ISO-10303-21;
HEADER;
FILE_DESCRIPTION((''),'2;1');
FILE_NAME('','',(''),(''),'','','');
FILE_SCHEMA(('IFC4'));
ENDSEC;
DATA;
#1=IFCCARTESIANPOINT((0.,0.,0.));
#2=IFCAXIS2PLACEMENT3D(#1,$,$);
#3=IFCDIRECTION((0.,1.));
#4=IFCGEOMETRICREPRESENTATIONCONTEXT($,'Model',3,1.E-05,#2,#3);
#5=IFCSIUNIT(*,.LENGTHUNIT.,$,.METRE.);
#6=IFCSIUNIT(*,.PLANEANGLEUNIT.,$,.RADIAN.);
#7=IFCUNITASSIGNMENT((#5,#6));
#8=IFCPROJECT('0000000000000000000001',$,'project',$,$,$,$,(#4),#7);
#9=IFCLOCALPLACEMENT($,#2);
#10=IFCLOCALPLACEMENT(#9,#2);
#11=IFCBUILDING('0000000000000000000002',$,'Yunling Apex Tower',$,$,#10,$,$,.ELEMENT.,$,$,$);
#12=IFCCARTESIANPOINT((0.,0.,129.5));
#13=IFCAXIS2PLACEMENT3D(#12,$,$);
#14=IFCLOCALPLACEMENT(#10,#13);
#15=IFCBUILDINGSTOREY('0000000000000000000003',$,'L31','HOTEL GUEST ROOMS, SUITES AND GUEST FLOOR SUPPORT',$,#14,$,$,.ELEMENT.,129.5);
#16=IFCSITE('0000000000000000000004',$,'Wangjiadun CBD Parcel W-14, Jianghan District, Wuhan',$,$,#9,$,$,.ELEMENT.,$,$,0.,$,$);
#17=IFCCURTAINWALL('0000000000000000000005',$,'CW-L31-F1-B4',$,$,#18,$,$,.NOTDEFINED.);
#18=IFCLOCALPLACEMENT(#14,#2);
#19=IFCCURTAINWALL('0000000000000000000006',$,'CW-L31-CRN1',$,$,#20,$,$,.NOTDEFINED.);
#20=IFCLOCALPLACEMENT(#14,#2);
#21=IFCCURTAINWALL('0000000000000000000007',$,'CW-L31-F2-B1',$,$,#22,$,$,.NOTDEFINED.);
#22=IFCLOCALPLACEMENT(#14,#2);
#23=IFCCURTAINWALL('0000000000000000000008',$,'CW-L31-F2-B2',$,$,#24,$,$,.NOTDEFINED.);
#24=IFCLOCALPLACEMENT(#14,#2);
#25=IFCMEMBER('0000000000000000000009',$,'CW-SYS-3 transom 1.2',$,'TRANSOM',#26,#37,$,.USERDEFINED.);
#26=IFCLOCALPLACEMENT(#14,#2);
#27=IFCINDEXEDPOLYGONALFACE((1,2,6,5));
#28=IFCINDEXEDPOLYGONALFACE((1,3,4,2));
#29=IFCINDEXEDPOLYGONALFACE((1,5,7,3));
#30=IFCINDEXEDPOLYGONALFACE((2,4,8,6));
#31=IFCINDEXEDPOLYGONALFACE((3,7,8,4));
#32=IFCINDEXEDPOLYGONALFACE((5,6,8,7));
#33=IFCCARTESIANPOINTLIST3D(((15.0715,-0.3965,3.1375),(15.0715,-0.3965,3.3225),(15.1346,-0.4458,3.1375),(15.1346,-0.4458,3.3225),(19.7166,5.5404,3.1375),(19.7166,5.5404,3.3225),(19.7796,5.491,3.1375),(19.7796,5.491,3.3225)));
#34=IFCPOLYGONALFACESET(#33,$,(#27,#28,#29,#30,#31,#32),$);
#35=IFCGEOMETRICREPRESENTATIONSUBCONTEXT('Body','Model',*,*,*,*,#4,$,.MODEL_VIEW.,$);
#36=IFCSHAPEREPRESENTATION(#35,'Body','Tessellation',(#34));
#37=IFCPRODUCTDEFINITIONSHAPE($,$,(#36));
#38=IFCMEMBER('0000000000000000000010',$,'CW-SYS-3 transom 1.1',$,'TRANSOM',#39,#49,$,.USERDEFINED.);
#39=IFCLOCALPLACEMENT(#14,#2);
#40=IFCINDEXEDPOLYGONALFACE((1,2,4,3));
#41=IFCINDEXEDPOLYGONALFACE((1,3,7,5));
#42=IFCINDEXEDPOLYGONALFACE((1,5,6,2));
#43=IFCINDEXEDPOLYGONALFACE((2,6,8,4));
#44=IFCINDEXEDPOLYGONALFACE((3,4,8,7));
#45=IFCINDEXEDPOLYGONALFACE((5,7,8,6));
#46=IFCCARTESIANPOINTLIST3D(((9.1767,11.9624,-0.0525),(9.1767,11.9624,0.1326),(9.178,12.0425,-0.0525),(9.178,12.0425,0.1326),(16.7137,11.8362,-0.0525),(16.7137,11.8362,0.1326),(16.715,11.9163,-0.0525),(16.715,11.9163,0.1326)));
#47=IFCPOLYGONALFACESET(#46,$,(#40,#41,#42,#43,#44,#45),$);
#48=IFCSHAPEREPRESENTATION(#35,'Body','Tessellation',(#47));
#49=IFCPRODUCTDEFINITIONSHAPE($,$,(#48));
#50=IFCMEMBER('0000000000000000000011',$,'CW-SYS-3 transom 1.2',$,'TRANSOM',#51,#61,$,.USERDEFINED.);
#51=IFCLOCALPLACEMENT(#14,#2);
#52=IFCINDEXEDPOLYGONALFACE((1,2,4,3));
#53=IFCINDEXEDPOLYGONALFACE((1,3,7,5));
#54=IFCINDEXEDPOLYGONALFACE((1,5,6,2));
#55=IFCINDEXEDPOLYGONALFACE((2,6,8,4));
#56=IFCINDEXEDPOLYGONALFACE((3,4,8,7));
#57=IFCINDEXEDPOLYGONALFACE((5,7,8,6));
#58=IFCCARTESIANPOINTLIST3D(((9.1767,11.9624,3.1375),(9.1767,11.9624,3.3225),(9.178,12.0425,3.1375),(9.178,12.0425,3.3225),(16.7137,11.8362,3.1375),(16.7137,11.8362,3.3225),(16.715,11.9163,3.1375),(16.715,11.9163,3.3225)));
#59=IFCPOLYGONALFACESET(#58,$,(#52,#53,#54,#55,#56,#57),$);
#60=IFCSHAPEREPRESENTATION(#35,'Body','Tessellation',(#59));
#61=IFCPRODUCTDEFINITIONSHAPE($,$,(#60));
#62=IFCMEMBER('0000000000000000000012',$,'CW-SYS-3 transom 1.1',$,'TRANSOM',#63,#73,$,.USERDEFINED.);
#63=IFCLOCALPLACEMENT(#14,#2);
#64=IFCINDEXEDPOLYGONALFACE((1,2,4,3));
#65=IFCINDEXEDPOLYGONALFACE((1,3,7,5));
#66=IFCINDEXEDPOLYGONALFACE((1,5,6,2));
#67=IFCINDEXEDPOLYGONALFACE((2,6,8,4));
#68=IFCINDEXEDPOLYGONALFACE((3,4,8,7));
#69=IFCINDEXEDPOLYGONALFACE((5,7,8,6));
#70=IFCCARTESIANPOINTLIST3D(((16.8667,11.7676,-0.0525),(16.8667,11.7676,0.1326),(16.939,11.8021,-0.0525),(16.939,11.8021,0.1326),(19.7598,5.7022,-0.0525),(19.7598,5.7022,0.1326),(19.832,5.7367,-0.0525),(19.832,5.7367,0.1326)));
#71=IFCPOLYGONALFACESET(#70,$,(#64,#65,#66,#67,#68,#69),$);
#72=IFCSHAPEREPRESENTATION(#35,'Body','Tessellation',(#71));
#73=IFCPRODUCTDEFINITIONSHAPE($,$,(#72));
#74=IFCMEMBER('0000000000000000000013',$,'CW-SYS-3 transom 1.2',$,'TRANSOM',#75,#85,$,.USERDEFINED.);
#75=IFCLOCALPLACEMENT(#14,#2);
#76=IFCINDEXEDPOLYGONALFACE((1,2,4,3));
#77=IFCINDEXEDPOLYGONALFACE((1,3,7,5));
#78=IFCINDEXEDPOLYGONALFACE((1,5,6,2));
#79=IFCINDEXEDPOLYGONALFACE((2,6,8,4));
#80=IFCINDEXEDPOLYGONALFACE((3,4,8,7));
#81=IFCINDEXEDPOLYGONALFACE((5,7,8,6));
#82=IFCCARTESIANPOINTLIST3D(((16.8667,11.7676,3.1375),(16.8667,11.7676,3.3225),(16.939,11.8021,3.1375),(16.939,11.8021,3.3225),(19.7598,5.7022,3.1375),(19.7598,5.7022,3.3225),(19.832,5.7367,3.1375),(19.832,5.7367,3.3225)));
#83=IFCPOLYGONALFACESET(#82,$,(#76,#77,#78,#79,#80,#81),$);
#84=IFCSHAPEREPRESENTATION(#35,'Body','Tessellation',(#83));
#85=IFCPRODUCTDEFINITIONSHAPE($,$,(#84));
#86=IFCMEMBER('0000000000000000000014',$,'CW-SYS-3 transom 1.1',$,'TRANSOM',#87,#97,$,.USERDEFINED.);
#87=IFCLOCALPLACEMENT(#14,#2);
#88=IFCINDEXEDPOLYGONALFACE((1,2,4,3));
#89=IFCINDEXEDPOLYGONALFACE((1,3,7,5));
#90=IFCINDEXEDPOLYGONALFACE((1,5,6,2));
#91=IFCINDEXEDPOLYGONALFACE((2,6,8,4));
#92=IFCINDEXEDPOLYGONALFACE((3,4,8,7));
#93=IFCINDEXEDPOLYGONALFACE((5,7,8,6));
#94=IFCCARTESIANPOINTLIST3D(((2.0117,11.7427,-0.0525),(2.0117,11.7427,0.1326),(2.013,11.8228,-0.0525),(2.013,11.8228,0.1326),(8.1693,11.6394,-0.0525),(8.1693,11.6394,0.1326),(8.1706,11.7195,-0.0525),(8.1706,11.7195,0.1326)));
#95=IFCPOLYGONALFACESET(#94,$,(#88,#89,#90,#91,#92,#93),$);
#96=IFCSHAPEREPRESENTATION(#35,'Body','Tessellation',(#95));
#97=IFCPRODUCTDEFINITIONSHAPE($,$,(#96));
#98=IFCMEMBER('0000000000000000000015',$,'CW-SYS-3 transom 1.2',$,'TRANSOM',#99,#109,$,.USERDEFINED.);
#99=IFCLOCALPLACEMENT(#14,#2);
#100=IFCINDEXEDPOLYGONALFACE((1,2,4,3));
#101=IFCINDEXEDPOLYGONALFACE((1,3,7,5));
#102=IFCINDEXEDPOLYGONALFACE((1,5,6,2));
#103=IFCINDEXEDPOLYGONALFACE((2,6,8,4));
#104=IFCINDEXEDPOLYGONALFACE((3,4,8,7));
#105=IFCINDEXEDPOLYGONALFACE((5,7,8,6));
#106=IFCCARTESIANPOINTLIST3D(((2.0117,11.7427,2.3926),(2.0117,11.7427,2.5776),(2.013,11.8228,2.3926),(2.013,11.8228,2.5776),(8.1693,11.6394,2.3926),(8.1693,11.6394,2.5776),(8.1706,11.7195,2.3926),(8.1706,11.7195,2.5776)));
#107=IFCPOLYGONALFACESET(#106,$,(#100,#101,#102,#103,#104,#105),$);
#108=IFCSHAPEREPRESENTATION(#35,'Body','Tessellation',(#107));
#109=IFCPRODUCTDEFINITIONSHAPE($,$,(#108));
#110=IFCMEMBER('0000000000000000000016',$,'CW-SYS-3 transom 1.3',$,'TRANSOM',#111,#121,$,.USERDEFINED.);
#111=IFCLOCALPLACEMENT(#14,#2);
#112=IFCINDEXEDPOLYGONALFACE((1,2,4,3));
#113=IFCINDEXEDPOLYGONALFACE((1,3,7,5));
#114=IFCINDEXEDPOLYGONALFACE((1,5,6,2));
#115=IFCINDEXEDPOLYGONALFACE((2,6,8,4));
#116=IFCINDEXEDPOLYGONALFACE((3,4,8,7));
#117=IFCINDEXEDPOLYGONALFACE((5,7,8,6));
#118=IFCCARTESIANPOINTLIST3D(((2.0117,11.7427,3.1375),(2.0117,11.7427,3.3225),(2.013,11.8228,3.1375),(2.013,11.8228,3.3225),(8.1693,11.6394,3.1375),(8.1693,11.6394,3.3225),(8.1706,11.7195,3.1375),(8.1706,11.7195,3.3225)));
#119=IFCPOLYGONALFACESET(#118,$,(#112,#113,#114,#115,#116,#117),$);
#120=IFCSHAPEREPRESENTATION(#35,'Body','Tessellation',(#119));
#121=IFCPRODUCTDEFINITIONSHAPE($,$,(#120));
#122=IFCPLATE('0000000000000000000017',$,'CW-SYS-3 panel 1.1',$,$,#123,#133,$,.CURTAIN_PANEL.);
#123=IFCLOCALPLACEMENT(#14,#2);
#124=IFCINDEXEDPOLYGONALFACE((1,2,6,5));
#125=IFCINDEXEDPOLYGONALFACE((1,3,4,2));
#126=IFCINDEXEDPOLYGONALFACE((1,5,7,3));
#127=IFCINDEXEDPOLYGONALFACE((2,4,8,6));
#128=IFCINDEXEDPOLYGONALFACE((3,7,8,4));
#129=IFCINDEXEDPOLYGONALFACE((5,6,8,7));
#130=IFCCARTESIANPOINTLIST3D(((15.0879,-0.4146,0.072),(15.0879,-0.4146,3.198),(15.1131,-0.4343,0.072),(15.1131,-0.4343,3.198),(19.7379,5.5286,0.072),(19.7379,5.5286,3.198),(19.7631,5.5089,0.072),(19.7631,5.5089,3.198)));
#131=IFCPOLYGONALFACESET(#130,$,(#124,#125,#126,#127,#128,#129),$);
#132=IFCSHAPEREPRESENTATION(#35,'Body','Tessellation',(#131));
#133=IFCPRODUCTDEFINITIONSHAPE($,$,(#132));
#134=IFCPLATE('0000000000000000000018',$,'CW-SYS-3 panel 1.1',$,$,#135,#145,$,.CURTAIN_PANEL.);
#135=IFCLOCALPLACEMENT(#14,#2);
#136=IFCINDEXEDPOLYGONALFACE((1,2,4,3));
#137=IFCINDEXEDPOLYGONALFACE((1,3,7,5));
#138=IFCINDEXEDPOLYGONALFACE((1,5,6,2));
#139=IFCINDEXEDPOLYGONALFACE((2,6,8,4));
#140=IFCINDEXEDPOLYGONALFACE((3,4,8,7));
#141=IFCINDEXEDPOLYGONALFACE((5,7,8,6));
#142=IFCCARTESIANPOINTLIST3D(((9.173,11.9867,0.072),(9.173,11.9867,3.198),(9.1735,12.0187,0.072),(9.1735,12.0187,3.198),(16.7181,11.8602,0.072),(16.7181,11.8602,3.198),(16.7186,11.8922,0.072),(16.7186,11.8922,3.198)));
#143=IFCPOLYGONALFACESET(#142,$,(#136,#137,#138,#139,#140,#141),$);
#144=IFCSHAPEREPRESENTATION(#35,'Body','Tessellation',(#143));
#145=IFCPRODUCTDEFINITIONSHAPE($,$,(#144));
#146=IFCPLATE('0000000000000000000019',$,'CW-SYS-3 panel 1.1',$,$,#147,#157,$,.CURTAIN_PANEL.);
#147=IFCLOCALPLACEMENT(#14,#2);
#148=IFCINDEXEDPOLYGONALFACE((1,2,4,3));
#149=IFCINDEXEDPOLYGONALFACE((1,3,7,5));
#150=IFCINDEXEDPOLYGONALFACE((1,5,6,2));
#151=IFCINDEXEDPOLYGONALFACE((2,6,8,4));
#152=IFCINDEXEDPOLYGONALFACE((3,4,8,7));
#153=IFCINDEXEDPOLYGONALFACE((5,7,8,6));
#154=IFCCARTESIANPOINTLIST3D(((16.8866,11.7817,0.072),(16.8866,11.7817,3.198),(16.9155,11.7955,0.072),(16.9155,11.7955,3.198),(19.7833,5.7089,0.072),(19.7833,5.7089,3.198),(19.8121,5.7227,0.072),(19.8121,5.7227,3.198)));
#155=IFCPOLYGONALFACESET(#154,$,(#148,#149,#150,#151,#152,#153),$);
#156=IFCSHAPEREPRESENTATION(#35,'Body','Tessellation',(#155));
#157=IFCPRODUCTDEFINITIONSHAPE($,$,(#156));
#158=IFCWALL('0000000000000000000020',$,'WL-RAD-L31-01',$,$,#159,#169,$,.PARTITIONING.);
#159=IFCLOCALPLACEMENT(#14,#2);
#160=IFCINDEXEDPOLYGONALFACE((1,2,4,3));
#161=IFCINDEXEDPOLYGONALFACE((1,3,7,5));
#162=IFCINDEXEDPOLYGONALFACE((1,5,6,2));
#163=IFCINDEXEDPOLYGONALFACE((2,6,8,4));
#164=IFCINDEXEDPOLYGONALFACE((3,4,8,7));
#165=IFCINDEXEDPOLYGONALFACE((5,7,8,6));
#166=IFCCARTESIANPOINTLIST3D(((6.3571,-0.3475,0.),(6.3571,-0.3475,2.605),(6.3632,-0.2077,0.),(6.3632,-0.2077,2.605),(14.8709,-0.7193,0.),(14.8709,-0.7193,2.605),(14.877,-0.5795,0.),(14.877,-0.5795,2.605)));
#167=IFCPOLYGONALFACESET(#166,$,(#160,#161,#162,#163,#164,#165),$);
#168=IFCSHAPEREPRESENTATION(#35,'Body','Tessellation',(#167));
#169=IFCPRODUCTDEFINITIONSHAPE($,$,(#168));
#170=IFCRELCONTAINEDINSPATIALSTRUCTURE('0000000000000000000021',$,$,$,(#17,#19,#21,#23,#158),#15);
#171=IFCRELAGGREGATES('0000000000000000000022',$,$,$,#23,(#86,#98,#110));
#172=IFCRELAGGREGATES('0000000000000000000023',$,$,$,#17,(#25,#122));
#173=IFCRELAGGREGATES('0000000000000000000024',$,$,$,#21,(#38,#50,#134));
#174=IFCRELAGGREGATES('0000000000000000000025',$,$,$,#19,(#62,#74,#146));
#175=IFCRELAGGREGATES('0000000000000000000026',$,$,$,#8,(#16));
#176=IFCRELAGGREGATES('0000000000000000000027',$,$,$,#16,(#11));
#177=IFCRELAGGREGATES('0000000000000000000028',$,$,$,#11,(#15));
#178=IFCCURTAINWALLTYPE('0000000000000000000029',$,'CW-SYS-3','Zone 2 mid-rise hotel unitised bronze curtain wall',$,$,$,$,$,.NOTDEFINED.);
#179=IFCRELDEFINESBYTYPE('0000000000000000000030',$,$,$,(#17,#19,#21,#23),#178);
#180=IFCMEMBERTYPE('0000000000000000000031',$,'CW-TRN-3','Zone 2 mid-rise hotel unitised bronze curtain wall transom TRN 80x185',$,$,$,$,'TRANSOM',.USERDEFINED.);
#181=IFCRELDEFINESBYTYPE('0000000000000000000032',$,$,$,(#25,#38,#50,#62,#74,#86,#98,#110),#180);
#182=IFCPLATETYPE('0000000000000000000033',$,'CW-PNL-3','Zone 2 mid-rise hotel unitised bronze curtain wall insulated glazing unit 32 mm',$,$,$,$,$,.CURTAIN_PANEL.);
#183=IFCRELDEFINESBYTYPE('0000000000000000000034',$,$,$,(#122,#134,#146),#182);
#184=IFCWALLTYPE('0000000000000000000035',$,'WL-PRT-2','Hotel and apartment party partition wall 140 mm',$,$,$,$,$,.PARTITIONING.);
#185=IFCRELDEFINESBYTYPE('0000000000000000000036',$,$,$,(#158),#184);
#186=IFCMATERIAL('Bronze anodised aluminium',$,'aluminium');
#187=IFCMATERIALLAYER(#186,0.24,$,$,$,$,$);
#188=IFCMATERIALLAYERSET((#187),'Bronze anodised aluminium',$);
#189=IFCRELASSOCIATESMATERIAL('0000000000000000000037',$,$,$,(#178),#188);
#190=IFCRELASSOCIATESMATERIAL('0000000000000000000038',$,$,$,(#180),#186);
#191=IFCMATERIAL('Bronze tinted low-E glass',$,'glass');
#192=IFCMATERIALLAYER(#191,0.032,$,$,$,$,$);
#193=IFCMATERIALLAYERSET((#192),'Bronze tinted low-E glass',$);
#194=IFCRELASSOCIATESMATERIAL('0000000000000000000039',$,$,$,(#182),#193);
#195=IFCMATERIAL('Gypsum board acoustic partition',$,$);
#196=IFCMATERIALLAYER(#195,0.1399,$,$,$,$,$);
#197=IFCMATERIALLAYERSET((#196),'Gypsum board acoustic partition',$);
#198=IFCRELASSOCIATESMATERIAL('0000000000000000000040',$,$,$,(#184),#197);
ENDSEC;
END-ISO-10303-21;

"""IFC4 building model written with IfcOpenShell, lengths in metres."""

from ifc_helpers import new_model, si_unit, direction, frame, frame_2d, origin, origin_2d, place, context, subcontext, project, spatial, rectangle, extrude, source, transform, mapped, material, layer, layer_set, material_profile, profile_set, type_object, element, aggregate, save


model = new_model("IFC4")

# Units and contexts
model_context = context("Model", 3, precision=1e-05, world=origin(), true_north=direction((0.0, 1.0)))
body_context = subcontext(model_context, "Body", "Model", "MODEL_VIEW")
ifc_project = project(units=[si_unit("LENGTHUNIT", "METRE"), si_unit("PLANEANGLEUNIT", "RADIAN")], contexts=[model_context])

# Site, building, storey
site_placement = place(None, origin())
site = spatial("IfcSite", under=ifc_project, at=site_placement, Name="Wangjiadun CBD Parcel W-14, Jianghan District, Wuhan", CompositionType="ELEMENT", RefElevation=0.0)
building_placement = place(site_placement, origin())
building = spatial("IfcBuilding", under=site, at=building_placement, Name="Yunling Apex Tower", CompositionType="ELEMENT")
storey_placement = place(building_placement, frame((0.0, 0.0, 129.5)))
storey = spatial("IfcBuildingStorey", under=building, at=storey_placement, Name="L31", Description="HOTEL GUEST ROOMS, SUITES AND GUEST FLOOR SUPPORT", CompositionType="ELEMENT", Elevation=129.5)

# Curtain wall
ifc_material_1 = material(Name="Bronze anodised aluminium", Category="aluminium")
ifc_layer_1 = layer(ifc_material_1, 0.24)
ifc_layer_set_1 = layer_set([ifc_layer_1], Name="Bronze anodised aluminium")
curtain_wall_type = type_object("IfcCurtainWallType", Name="CW-SYS-3", Description="Zone 2 mid-rise hotel unitised bronze curtain wall", PredefinedType="NOTDEFINED", material=ifc_layer_set_1)
curtain_wall_1_placement = place(storey_placement, origin())
curtain_wall_1 = element("IfcCurtainWall", 1, at=curtain_wall_1_placement, inside=storey, type_object=curtain_wall_type, Name="CW-L31-F1-B4", PredefinedType="NOTDEFINED")

# Curtain walls
curtain_wall_2_placement = place(storey_placement, origin())
curtain_wall_2 = element("IfcCurtainWall", 2, at=curtain_wall_2_placement, inside=storey, type_object=curtain_wall_type, Name="CW-L31-CRN1", PredefinedType="NOTDEFINED")
curtain_wall_3_placement = place(storey_placement, origin())
curtain_wall_3 = element("IfcCurtainWall", 3, at=curtain_wall_3_placement, inside=storey, type_object=curtain_wall_type, Name="CW-L31-F2-B1", PredefinedType="NOTDEFINED")

# Curtain wall
curtain_wall_4_placement = place(storey_placement, origin())
curtain_wall_4 = element("IfcCurtainWall", 4, at=curtain_wall_4_placement, inside=storey, type_object=curtain_wall_type, Name="CW-L31-F2-B2", PredefinedType="NOTDEFINED")

# Members
ifc_material_profile_1 = material_profile(ifc_material_1, rectangle(XDim=0.0801, YDim=0.1851, at=origin_2d()))
ifc_profile_set_1 = profile_set([ifc_material_profile_1], Name="Bronze anodised aluminium")
member_type_1 = type_object("IfcMemberType", Name="CW-TRN-3", Description="Zone 2 mid-rise hotel unitised bronze curtain wall transom TRN 80x185", ElementType="TRANSOM", PredefinedType="USERDEFINED", material=ifc_profile_set_1)
shared_shape_1 = source(origin(), body_context, "Body", "SweptSolid", [
    extrude(rectangle(XDim=0.0801, YDim=0.1851, at=origin_2d()), origin(), (0.0, 0.0, 1.0), 7.5381),
])
member_1_placement = place(storey_placement, frame((15.103, -0.4211, 3.23), z_axis=(0.616214, 0.787579, 0.0), x_axis=(-0.787579, 0.616214, 0.0)))
member_1 = element("IfcMember", 5, at=member_1_placement, type_object=member_type_1, Name="CW-SYS-3 transom 1.2", ObjectType="TRANSOM", PredefinedType="USERDEFINED", context=body_context, shape_type="MappedRepresentation", body=[
    mapped(shared_shape_1, transform((0.0, 0.0, 0.0), scale=1.0)),
])
member_2_placement = place(storey_placement, frame((16.7144, 11.8762, 0.04), z_axis=(-0.99986, 0.016744, 0.0), x_axis=(-0.016744, -0.99986, 0.0)))
member_2 = element("IfcMember", 6, at=member_2_placement, type_object=member_type_1, Name="CW-SYS-3 transom 1.1", ObjectType="TRANSOM", PredefinedType="USERDEFINED", context=body_context, shape_type="MappedRepresentation", body=[
    mapped(shared_shape_1, transform((0.0, 0.0, 0.0), scale=1.0)),
])
member_3_placement = place(storey_placement, frame((16.7144, 11.8762, 3.23), z_axis=(-0.99986, 0.016744, 0.0), x_axis=(-0.016744, -0.99986, 0.0)))
member_3 = element("IfcMember", 7, at=member_3_placement, type_object=member_type_1, Name="CW-SYS-3 transom 1.2", ObjectType="TRANSOM", PredefinedType="USERDEFINED", context=body_context, shape_type="MappedRepresentation", body=[
    mapped(shared_shape_1, transform((0.0, 0.0, 0.0), scale=1.0)),
])
shared_shape_2 = source(origin(), body_context, "Body", "SweptSolid", [
    extrude(rectangle(XDim=0.0801, YDim=0.1851, at=origin_2d()), origin(), (0.0, 0.0, 1.0), 6.72),
])
member_4_placement = place(storey_placement, frame((19.7959, 5.7195, 0.04), z_axis=(-0.430512, 0.902585, 0.0), x_axis=(-0.902585, -0.430512, 0.0)))
member_4 = element("IfcMember", 8, at=member_4_placement, type_object=member_type_1, Name="CW-SYS-3 transom 1.1", ObjectType="TRANSOM", PredefinedType="USERDEFINED", context=body_context, shape_type="MappedRepresentation", body=[
    mapped(shared_shape_2, transform((0.0, 0.0, 0.0), scale=1.0)),
])
member_5_placement = place(storey_placement, frame((19.7959, 5.7195, 3.23), z_axis=(-0.430512, 0.902585, 0.0), x_axis=(-0.902585, -0.430512, 0.0)))
member_5 = element("IfcMember", 9, at=member_5_placement, type_object=member_type_1, Name="CW-SYS-3 transom 1.2", ObjectType="TRANSOM", PredefinedType="USERDEFINED", context=body_context, shape_type="MappedRepresentation", body=[
    mapped(shared_shape_2, transform((0.0, 0.0, 0.0), scale=1.0)),
])
shared_shape_3 = source(origin(), body_context, "Body", "SweptSolid", [
    extrude(rectangle(XDim=0.0801, YDim=0.1851, at=origin_2d()), origin(), (0.0, 0.0, 1.0), 6.1584),
])
member_6_placement = place(storey_placement, frame((8.1699, 11.6794, 0.04), z_axis=(-0.999859, 0.016769, 0.0), x_axis=(-0.016769, -0.999859, 0.0)))
member_6 = element("IfcMember", 10, at=member_6_placement, type_object=member_type_1, Name="CW-SYS-3 transom 1.1", ObjectType="TRANSOM", PredefinedType="USERDEFINED", context=body_context, shape_type="MappedRepresentation", body=[
    mapped(shared_shape_3, transform((0.0, 0.0, 0.0), scale=1.0)),
])
member_7_placement = place(storey_placement, frame((8.1699, 11.6794, 2.4851), z_axis=(-0.999859, 0.016769, 0.0), x_axis=(-0.016769, -0.999859, 0.0)))
member_7 = element("IfcMember", 11, at=member_7_placement, type_object=member_type_1, Name="CW-SYS-3 transom 1.2", ObjectType="TRANSOM", PredefinedType="USERDEFINED", context=body_context, shape_type="MappedRepresentation", body=[
    mapped(shared_shape_3, transform((0.0, 0.0, 0.0), scale=1.0)),
])
member_8_placement = place(storey_placement, frame((8.1699, 11.6794, 3.23), z_axis=(-0.999859, 0.016769, 0.0), x_axis=(-0.016769, -0.999859, 0.0)))
member_8 = element("IfcMember", 12, at=member_8_placement, type_object=member_type_1, Name="CW-SYS-3 transom 1.3", ObjectType="TRANSOM", PredefinedType="USERDEFINED", context=body_context, shape_type="MappedRepresentation", body=[
    mapped(shared_shape_3, transform((0.0, 0.0, 0.0), scale=1.0)),
])
aggregate(curtain_wall_4, [member_6, member_7, member_8])

# Plates
ifc_material_2 = material(Name="Bronze tinted low-E glass", Category="glass")
ifc_layer_2 = layer(ifc_material_2, 0.032)
ifc_layer_set_2 = layer_set([ifc_layer_2], Name="Bronze tinted low-E glass")
plate_type = type_object("IfcPlateType", Name="CW-PNL-3", Description="Zone 2 mid-rise hotel unitised bronze curtain wall insulated glazing unit 32 mm", PredefinedType="CURTAIN_PANEL", material=ifc_layer_set_2)
shared_shape_4 = source(origin(), body_context, "Body", "SweptSolid", [
    extrude(rectangle(XDim=7.5461, YDim=0.032, at=origin_2d()), origin(), (0.0, 0.0, 1.0), 3.126),
])
plate_1_placement = place(storey_placement, frame((17.4255, 2.5471, 0.072), z_axis=(0.0, 0.0, 1.0), x_axis=(0.616208, 0.787584, 0.0)))
plate_1 = element("IfcPlate", 13, at=plate_1_placement, type_object=plate_type, Name="CW-SYS-3 panel 1.1", PredefinedType="CURTAIN_PANEL", context=body_context, shape_type="MappedRepresentation", body=[
    mapped(shared_shape_4, transform((0.0, 0.0, 0.0), scale=1.0)),
])
aggregate(curtain_wall_1, [member_1, plate_1])
plate_2_placement = place(storey_placement, frame((12.9458, 11.9395, 0.072), z_axis=(0.0, 0.0, 1.0), x_axis=(-0.99986, 0.016762, 0.0)))
plate_2 = element("IfcPlate", 14, at=plate_2_placement, type_object=plate_type, Name="CW-SYS-3 panel 1.1", PredefinedType="CURTAIN_PANEL", context=body_context, shape_type="MappedRepresentation", body=[
    mapped(shared_shape_4, transform((0.0, 0.0, 0.0), scale=1.0)),
])
aggregate(curtain_wall_3, [member_2, member_3, plate_2])
shared_shape_5 = source(origin(), body_context, "Body", "SweptSolid", [
    extrude(rectangle(XDim=6.7283, YDim=0.032, at=origin_2d()), origin(), (0.0, 0.0, 1.0), 3.126),
])
plate_3_placement = place(storey_placement, frame((18.3494, 8.7522, 0.072), z_axis=(0.0, 0.0, 1.0), x_axis=(-0.430519, 0.902582, 0.0)))
plate_3 = element("IfcPlate", 15, at=plate_3_placement, type_object=plate_type, Name="CW-SYS-3 panel 1.1", PredefinedType="CURTAIN_PANEL", context=body_context, shape_type="MappedRepresentation", body=[
    mapped(shared_shape_5, transform((0.0, 0.0, 0.0), scale=1.0)),
])
aggregate(curtain_wall_2, [member_4, member_5, plate_3])

# Wall
ifc_material_3 = material(Name="Gypsum board acoustic partition")
ifc_layer_3 = layer(ifc_material_3, 0.1399)
ifc_layer_set_3 = layer_set([ifc_layer_3], Name="Gypsum board acoustic partition")
wall_type = type_object("IfcWallType", Name="WL-PRT-2", Description="Hotel and apartment party partition wall 140 mm", PredefinedType="PARTITIONING", material=ifc_layer_set_3)
wall_placement = place(storey_placement, frame((6.3601, -0.2776, 0.0), z_axis=(0.0, 0.0, 1.0), x_axis=(0.999048, -0.043631, 0.0)))
element("IfcWall", 16, at=wall_placement, inside=storey, type_object=wall_type, Name="WL-RAD-L31-01", PredefinedType="PARTITIONING", context=body_context, shape_type="SweptSolid", body=[
    extrude(rectangle(XDim=8.522, YDim=0.1399, at=frame_2d((4.261, 0.0))), origin(), (0.0, 0.0, 1.0), 2.605),
])

save(model, "model.ifc")
